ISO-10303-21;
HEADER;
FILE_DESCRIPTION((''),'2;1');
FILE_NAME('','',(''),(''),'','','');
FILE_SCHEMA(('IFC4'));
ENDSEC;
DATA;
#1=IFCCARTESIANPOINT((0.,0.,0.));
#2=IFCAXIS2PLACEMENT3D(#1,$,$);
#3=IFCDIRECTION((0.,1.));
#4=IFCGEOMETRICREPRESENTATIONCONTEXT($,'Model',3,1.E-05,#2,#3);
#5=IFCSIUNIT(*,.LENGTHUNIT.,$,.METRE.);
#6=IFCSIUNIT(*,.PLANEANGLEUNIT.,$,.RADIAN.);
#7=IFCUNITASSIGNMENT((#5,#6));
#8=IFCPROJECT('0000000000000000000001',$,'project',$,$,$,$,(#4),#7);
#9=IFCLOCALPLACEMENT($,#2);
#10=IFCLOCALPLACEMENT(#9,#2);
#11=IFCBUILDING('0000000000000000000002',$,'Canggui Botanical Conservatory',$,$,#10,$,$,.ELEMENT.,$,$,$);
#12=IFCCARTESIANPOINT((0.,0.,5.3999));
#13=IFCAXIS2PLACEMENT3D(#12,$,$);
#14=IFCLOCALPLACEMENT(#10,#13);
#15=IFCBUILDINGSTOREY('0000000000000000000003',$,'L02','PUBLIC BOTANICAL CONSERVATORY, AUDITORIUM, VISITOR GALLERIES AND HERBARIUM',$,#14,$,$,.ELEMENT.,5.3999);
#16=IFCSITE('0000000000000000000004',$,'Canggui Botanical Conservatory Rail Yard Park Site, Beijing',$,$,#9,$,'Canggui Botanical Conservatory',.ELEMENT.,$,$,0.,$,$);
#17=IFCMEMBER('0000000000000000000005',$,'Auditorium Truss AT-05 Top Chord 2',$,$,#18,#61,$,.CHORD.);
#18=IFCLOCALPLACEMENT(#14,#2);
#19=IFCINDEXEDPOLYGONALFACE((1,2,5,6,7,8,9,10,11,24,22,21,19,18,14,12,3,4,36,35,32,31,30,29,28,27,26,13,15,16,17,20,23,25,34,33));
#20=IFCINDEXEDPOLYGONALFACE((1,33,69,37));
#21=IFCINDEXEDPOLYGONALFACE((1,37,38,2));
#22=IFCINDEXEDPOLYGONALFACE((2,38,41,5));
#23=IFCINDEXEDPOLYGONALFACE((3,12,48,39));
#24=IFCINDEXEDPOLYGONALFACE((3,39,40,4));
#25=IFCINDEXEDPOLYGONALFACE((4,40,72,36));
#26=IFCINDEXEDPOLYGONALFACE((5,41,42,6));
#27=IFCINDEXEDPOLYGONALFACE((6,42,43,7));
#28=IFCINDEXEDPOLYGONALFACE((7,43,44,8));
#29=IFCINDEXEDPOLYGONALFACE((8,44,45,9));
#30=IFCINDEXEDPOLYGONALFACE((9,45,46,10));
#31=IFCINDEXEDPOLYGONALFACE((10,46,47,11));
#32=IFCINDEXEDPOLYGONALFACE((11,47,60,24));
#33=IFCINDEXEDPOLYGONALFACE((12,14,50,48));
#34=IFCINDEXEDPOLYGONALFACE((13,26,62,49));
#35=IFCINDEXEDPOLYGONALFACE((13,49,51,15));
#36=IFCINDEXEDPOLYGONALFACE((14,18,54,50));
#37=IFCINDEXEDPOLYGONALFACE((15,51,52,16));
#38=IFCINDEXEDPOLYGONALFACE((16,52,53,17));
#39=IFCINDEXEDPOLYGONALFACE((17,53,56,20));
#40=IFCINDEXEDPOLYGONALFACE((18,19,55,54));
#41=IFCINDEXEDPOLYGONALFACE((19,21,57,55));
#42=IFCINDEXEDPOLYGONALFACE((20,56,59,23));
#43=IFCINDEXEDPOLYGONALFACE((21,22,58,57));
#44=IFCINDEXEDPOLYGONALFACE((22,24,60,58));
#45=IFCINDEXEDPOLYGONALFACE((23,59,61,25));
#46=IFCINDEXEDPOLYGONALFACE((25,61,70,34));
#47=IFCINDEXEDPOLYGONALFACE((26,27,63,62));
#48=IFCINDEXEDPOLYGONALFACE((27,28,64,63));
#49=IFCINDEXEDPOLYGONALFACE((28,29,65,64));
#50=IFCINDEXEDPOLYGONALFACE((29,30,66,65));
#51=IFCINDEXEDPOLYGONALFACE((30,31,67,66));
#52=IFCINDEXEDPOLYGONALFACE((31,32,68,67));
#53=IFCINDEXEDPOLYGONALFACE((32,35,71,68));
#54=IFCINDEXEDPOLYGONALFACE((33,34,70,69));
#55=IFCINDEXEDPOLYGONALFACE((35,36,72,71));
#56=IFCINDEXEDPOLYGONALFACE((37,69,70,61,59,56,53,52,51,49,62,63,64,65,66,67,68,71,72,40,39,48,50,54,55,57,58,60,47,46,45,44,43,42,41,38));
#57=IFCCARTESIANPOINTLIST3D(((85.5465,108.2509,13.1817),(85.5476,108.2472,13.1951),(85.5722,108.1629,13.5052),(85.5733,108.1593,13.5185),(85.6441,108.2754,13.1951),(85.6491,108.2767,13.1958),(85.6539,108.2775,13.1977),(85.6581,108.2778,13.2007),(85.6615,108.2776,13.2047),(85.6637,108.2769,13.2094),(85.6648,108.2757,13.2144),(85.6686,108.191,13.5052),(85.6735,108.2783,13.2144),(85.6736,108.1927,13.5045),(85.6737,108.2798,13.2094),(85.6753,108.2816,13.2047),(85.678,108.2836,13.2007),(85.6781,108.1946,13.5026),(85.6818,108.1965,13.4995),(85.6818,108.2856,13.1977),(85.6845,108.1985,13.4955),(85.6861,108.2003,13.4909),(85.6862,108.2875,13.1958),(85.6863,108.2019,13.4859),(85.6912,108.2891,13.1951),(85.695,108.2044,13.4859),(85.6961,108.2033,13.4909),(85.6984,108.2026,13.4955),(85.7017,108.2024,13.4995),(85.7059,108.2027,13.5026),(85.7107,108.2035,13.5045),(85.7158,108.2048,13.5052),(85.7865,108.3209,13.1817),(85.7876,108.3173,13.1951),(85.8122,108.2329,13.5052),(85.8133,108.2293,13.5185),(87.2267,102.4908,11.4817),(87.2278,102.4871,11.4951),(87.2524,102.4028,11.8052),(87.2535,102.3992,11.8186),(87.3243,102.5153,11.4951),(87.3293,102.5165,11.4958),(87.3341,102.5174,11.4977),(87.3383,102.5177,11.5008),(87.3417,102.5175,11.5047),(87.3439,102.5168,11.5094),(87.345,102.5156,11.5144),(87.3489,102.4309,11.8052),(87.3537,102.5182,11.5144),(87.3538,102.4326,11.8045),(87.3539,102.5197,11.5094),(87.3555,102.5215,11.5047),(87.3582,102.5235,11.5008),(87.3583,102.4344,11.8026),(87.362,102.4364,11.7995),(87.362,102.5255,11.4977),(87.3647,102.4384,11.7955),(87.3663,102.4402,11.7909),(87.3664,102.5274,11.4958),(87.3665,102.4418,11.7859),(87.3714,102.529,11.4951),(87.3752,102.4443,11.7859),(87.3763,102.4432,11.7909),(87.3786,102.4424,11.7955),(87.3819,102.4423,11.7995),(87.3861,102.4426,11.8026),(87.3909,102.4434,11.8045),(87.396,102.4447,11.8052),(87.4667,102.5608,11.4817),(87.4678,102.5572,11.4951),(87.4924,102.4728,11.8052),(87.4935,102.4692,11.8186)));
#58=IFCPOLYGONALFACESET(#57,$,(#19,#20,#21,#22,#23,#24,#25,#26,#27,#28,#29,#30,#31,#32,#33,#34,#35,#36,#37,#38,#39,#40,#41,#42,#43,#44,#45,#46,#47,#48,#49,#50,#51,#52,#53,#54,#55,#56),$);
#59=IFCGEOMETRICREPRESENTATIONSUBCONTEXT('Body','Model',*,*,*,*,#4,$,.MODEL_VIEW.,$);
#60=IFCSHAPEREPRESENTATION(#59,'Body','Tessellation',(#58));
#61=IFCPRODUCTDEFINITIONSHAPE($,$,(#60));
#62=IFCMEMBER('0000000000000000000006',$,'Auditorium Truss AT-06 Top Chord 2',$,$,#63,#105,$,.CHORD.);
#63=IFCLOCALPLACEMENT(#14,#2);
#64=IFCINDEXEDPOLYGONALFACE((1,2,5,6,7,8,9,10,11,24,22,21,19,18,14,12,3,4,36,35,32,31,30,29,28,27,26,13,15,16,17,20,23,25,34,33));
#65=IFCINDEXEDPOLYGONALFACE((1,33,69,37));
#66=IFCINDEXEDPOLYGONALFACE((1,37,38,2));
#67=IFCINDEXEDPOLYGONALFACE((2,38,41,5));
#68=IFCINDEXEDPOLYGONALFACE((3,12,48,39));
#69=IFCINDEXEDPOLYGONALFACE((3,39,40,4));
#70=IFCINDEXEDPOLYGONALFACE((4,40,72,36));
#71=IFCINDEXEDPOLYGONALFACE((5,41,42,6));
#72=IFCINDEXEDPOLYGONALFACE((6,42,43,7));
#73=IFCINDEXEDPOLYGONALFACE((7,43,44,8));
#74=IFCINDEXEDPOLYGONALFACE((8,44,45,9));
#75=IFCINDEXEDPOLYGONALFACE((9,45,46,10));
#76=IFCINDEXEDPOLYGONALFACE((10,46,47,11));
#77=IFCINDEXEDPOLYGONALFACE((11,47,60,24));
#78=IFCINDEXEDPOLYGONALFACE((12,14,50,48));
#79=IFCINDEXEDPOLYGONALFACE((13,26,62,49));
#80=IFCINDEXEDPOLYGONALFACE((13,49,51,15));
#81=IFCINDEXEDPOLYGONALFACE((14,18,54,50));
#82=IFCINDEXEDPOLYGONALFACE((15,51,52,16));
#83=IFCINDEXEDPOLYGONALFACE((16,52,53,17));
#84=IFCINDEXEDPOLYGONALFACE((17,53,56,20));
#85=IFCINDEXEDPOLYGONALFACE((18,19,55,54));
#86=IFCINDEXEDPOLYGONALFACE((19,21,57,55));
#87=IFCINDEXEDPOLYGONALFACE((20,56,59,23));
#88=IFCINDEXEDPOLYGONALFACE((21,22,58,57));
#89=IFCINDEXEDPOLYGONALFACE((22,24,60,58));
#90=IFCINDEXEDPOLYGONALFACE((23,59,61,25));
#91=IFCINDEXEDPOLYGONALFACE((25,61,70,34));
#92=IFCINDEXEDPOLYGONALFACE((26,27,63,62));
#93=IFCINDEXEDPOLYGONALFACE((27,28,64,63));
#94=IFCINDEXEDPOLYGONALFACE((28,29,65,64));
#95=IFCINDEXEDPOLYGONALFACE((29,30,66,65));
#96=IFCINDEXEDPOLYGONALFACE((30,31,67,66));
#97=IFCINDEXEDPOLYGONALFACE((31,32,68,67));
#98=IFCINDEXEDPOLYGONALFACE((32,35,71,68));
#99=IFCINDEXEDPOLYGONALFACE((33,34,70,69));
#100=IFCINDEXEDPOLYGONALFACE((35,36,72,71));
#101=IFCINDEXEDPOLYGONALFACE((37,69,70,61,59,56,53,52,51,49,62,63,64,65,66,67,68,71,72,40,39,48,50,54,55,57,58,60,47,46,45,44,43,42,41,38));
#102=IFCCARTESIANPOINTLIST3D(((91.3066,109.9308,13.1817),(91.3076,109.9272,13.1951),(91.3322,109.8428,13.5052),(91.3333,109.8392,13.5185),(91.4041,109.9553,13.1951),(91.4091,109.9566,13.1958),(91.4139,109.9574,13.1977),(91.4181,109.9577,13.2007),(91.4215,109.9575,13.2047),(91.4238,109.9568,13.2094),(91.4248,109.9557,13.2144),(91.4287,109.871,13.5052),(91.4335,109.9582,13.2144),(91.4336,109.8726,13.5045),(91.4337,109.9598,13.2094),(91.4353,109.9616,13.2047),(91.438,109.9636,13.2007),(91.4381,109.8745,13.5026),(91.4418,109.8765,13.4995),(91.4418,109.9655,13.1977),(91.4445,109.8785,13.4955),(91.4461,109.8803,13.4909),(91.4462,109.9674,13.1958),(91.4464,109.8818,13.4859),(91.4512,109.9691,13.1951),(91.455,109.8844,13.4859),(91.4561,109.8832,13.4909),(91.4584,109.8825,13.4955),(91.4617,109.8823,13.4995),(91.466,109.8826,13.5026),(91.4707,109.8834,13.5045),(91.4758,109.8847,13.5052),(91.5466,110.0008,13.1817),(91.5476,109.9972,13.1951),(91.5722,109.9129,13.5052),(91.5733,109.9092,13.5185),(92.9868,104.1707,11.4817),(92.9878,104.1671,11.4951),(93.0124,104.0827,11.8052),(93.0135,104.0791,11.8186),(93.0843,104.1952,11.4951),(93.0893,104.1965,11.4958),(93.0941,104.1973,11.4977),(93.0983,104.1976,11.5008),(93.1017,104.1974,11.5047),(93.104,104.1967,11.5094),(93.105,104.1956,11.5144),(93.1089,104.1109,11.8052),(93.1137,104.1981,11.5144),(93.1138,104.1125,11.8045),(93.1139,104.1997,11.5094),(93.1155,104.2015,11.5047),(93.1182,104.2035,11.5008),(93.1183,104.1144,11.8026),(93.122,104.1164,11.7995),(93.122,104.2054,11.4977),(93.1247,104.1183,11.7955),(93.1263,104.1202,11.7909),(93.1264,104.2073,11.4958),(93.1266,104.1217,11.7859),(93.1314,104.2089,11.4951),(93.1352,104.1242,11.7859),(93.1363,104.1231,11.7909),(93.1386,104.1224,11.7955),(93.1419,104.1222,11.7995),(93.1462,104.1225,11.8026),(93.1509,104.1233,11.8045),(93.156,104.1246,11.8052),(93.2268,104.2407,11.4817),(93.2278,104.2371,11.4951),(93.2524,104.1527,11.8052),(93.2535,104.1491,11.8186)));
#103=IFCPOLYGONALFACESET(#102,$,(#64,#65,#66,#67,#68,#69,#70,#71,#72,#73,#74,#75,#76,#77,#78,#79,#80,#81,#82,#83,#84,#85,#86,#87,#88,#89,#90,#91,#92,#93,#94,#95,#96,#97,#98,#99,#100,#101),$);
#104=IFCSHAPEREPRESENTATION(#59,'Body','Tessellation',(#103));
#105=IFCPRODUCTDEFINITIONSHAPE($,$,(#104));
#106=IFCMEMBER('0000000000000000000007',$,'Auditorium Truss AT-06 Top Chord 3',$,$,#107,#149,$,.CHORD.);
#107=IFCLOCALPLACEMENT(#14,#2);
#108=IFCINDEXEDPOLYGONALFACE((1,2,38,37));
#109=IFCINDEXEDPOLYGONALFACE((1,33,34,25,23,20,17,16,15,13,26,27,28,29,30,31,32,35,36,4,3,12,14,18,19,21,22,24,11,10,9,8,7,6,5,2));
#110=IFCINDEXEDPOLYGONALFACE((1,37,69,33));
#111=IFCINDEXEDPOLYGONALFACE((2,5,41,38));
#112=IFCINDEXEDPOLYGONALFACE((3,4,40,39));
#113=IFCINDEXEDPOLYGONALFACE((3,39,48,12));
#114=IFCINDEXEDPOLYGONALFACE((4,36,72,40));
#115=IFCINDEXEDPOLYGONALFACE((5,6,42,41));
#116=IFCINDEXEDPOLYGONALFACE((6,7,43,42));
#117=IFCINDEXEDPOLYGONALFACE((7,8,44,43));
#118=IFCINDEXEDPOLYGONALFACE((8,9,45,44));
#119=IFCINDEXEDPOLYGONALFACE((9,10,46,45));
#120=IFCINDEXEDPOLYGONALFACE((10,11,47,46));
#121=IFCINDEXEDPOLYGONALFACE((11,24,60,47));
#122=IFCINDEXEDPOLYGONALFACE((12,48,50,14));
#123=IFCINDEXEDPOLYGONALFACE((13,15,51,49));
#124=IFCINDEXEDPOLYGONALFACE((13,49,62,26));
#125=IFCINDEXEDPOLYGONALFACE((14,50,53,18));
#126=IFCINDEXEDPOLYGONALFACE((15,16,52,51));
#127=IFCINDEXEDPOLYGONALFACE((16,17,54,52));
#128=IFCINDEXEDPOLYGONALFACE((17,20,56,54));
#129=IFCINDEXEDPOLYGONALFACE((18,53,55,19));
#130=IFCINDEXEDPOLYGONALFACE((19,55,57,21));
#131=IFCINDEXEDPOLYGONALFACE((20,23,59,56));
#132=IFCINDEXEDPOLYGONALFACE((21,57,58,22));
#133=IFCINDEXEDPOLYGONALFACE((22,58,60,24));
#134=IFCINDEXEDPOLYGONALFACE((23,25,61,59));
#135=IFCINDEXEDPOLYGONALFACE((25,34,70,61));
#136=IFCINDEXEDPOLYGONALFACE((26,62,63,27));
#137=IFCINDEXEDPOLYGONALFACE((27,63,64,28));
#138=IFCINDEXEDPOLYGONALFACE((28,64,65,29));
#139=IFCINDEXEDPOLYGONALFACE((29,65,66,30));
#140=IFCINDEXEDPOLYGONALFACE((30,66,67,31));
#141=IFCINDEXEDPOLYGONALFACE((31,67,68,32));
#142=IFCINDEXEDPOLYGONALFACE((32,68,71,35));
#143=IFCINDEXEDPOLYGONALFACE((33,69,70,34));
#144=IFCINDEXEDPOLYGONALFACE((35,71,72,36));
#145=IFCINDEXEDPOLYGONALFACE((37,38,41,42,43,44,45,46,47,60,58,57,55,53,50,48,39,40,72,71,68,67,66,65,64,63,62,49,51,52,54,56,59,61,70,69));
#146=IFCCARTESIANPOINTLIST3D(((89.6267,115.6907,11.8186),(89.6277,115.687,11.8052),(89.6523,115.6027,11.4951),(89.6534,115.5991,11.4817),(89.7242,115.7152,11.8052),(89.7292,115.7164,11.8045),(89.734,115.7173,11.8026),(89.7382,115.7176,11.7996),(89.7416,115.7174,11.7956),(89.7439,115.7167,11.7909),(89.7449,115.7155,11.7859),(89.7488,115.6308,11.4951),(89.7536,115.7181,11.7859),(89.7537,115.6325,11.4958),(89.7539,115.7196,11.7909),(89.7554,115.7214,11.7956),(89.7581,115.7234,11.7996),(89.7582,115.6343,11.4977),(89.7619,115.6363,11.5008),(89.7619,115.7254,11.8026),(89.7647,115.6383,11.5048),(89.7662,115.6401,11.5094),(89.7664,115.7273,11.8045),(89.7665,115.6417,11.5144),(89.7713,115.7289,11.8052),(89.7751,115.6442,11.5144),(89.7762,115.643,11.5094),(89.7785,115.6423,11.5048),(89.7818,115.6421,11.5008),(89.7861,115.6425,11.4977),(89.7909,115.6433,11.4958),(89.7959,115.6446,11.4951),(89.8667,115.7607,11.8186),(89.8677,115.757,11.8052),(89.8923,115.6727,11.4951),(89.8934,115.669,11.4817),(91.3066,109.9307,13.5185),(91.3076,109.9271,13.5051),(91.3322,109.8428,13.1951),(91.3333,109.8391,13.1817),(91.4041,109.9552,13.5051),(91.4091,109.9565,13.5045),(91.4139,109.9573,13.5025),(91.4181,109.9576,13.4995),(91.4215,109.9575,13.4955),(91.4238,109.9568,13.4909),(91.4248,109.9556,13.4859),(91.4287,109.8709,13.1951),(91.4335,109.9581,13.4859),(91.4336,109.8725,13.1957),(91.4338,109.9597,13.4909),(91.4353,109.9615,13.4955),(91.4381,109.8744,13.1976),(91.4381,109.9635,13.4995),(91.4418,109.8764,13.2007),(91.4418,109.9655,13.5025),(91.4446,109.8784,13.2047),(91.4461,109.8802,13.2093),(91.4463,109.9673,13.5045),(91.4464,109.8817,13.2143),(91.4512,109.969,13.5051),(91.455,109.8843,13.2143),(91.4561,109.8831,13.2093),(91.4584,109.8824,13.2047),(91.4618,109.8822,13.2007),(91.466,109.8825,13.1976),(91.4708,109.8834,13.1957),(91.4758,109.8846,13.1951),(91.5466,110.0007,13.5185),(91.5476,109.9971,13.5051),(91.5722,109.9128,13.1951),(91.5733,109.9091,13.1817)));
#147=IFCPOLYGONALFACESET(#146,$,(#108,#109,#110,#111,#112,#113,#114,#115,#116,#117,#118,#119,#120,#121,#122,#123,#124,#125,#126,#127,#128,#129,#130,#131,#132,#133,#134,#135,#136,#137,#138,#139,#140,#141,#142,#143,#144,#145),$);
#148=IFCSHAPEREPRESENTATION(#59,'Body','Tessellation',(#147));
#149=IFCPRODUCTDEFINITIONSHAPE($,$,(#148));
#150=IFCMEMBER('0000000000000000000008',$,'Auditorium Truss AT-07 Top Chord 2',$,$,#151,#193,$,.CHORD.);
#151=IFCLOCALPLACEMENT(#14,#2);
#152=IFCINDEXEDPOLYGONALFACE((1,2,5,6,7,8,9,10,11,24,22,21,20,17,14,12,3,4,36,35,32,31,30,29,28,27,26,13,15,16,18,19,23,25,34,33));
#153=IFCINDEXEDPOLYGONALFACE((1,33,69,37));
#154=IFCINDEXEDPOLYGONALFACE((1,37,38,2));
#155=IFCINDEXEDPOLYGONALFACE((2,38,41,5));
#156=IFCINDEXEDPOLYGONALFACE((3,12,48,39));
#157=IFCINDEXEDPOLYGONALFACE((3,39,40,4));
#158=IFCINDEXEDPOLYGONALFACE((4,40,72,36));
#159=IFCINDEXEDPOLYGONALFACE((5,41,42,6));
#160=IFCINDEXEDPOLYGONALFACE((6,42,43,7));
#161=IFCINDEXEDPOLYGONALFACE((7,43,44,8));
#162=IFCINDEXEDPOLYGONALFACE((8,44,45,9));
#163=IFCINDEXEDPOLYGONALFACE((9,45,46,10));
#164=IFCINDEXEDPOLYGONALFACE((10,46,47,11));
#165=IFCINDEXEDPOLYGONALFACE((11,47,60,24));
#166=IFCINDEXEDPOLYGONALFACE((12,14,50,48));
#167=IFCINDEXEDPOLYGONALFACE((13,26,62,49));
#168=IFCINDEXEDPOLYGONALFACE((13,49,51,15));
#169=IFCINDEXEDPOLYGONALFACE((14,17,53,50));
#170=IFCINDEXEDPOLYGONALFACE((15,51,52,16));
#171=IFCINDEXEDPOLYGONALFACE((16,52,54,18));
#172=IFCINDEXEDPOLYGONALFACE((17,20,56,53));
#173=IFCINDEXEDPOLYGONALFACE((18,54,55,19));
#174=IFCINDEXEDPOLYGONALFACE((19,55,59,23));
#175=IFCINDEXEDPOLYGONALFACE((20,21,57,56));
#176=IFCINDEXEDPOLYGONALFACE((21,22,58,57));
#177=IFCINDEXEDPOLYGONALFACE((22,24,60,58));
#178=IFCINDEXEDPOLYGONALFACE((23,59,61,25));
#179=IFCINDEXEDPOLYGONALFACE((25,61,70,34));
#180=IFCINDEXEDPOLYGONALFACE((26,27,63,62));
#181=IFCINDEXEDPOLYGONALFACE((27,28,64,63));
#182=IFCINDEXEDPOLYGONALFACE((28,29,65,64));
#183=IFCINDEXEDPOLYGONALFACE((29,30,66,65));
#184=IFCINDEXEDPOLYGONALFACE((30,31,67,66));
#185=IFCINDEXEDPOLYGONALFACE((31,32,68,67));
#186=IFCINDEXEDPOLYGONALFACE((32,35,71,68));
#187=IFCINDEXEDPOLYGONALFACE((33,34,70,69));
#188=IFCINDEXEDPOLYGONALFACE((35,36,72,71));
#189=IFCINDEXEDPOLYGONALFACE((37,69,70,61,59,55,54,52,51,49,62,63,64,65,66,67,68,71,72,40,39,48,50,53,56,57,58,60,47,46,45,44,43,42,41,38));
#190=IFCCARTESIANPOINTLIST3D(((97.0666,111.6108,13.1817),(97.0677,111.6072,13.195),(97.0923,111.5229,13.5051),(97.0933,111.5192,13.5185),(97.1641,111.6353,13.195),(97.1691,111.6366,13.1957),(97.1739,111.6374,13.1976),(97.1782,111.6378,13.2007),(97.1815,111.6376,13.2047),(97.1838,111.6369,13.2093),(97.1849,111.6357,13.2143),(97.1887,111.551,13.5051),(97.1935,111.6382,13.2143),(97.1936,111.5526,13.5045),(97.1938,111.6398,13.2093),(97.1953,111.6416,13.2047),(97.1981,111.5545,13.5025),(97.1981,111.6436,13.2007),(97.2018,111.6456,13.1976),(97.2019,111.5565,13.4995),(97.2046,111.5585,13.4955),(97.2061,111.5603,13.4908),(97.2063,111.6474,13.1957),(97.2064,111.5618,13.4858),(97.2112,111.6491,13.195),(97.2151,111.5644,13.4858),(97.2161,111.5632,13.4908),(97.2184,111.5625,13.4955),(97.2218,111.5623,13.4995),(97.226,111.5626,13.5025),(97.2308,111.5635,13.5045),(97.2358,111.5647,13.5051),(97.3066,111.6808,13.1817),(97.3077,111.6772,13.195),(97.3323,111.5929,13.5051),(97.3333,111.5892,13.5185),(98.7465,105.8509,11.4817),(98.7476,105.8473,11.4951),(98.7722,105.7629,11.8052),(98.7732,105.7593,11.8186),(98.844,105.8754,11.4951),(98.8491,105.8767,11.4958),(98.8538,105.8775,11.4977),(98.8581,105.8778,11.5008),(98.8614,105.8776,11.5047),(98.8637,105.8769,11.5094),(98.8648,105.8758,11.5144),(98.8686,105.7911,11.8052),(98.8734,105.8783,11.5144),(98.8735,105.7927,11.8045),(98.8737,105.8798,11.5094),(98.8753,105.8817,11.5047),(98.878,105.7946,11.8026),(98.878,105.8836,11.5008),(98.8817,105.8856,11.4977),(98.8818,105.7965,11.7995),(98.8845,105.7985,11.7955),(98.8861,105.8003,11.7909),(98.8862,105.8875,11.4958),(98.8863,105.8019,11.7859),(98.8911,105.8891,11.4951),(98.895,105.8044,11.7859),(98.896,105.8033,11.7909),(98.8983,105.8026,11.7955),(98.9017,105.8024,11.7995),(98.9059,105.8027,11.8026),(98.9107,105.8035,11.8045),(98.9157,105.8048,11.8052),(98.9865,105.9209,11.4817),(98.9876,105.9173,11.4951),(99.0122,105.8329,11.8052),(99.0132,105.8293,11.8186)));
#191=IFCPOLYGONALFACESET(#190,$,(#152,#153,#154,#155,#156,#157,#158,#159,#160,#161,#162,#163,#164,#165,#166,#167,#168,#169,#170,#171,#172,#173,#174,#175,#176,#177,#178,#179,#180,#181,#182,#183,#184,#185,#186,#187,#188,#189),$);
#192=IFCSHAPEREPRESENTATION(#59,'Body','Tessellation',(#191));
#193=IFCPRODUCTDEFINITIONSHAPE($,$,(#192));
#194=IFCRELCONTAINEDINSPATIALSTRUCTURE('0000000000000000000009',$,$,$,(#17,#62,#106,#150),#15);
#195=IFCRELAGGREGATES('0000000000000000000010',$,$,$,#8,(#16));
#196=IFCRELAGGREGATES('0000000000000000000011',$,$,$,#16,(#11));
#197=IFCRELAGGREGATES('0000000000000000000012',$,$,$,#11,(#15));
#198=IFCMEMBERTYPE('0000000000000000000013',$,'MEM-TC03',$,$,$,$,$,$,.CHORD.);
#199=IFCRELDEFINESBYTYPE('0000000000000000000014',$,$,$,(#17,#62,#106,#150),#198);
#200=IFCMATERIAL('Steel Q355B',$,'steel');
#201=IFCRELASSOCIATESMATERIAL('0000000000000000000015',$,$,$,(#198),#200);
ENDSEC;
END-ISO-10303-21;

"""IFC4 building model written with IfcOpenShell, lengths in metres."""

from ifc_helpers import new_model, si_unit, direction, frame, origin, origin_2d, place, context, subcontext, project, spatial, i_section, extrude, material, material_profile, profile_set, type_object, element, save


model = new_model("IFC4")

# Units and contexts
model_context = context("Model", 3, precision=1e-05, world=origin(), true_north=direction((0.0, 1.0)))
body_context = subcontext(model_context, "Body", "Model", "MODEL_VIEW")
ifc_project = project(units=[si_unit("LENGTHUNIT", "METRE"), si_unit("PLANEANGLEUNIT", "RADIAN")], contexts=[model_context])

# Site, building, storey
site_placement = place(None, origin())
site = spatial("IfcSite", under=ifc_project, at=site_placement, Name="Canggui Botanical Conservatory Rail Yard Park Site, Beijing", LongName="Canggui Botanical Conservatory", CompositionType="ELEMENT", RefElevation=0.0)
building_placement = place(site_placement, origin())
building = spatial("IfcBuilding", under=site, at=building_placement, Name="Canggui Botanical Conservatory", CompositionType="ELEMENT")
storey_placement = place(building_placement, frame((0.0, 0.0, 5.3999)))
storey = spatial("IfcBuildingStorey", under=building, at=storey_placement, Name="L02", Description="PUBLIC BOTANICAL CONSERVATORY, AUDITORIUM, VISITOR GALLERIES AND HERBARIUM", CompositionType="ELEMENT", Elevation=5.3999)

# Shared definitions
ifc_material_1 = material(Name="Steel Q355B", Category="steel")

# Members
ifc_material_profile_1 = material_profile(ifc_material_1, i_section(OverallWidth=0.25, OverallDepth=0.3501, WebThickness=0.009, FlangeThickness=0.0139, FilletRadius=0.02, at=origin_2d()), Name="HM 350x250x9x14")
ifc_profile_set_1 = profile_set([ifc_material_profile_1], Name="Steel Q355B")
member_type_1 = type_object("IfcMemberType", Name="MEM-TC03", PredefinedType="CHORD", material=ifc_profile_set_1)
for number, where, z_axis, x_axis, name in (
    (1, (87.3601, 102.48, 11.6501), (-0.269422, 0.923637, 0.272593), (-0.959992, -0.280027, 0.0), "Auditorium Truss AT-05 Top Chord 2"),
    (2, (93.1201, 104.1599, 11.6501), (-0.269422, 0.923637, 0.272593), (-0.959992, -0.280027, 0.0), "Auditorium Truss AT-06 Top Chord 2"),
):
    element("IfcMember", number, at=place(storey_placement, frame(where, z_axis=z_axis, x_axis=x_axis)), inside=storey, type_object=member_type_1, Name=name, PredefinedType="CHORD", context=body_context, shape_type="SweptSolid", body=[
        extrude(i_section(OverallWidth=0.25, OverallDepth=0.3501, WebThickness=0.009, FlangeThickness=0.0139, FilletRadius=0.02, at=origin_2d()), origin(), (0.0, 0.0, 1.0), 6.2363),
    ])
for number, where, z_axis, x_axis, name in (
    (3, (91.4399, 109.9199, 13.3501), (-0.269386, 0.923647, -0.272596), (-0.960003, -0.279989, 0.0), "Auditorium Truss AT-06 Top Chord 3"),
    (4, (98.8799, 105.8401, 11.6501), (-0.269386, 0.923647, 0.272596), (-0.960003, -0.279989, 0.0), "Auditorium Truss AT-07 Top Chord 2"),
):
    element("IfcMember", number, at=place(storey_placement, frame(where, z_axis=z_axis, x_axis=x_axis)), inside=storey, type_object=member_type_1, Name=name, PredefinedType="CHORD", context=body_context, shape_type="SweptSolid", body=[
        extrude(i_section(OverallWidth=0.25, OverallDepth=0.3501, WebThickness=0.009, FlangeThickness=0.0139, FilletRadius=0.02, at=origin_2d()), origin(), (0.0, 0.0, 1.0), 6.2361),
    ])

save(model, "model.ifc")
